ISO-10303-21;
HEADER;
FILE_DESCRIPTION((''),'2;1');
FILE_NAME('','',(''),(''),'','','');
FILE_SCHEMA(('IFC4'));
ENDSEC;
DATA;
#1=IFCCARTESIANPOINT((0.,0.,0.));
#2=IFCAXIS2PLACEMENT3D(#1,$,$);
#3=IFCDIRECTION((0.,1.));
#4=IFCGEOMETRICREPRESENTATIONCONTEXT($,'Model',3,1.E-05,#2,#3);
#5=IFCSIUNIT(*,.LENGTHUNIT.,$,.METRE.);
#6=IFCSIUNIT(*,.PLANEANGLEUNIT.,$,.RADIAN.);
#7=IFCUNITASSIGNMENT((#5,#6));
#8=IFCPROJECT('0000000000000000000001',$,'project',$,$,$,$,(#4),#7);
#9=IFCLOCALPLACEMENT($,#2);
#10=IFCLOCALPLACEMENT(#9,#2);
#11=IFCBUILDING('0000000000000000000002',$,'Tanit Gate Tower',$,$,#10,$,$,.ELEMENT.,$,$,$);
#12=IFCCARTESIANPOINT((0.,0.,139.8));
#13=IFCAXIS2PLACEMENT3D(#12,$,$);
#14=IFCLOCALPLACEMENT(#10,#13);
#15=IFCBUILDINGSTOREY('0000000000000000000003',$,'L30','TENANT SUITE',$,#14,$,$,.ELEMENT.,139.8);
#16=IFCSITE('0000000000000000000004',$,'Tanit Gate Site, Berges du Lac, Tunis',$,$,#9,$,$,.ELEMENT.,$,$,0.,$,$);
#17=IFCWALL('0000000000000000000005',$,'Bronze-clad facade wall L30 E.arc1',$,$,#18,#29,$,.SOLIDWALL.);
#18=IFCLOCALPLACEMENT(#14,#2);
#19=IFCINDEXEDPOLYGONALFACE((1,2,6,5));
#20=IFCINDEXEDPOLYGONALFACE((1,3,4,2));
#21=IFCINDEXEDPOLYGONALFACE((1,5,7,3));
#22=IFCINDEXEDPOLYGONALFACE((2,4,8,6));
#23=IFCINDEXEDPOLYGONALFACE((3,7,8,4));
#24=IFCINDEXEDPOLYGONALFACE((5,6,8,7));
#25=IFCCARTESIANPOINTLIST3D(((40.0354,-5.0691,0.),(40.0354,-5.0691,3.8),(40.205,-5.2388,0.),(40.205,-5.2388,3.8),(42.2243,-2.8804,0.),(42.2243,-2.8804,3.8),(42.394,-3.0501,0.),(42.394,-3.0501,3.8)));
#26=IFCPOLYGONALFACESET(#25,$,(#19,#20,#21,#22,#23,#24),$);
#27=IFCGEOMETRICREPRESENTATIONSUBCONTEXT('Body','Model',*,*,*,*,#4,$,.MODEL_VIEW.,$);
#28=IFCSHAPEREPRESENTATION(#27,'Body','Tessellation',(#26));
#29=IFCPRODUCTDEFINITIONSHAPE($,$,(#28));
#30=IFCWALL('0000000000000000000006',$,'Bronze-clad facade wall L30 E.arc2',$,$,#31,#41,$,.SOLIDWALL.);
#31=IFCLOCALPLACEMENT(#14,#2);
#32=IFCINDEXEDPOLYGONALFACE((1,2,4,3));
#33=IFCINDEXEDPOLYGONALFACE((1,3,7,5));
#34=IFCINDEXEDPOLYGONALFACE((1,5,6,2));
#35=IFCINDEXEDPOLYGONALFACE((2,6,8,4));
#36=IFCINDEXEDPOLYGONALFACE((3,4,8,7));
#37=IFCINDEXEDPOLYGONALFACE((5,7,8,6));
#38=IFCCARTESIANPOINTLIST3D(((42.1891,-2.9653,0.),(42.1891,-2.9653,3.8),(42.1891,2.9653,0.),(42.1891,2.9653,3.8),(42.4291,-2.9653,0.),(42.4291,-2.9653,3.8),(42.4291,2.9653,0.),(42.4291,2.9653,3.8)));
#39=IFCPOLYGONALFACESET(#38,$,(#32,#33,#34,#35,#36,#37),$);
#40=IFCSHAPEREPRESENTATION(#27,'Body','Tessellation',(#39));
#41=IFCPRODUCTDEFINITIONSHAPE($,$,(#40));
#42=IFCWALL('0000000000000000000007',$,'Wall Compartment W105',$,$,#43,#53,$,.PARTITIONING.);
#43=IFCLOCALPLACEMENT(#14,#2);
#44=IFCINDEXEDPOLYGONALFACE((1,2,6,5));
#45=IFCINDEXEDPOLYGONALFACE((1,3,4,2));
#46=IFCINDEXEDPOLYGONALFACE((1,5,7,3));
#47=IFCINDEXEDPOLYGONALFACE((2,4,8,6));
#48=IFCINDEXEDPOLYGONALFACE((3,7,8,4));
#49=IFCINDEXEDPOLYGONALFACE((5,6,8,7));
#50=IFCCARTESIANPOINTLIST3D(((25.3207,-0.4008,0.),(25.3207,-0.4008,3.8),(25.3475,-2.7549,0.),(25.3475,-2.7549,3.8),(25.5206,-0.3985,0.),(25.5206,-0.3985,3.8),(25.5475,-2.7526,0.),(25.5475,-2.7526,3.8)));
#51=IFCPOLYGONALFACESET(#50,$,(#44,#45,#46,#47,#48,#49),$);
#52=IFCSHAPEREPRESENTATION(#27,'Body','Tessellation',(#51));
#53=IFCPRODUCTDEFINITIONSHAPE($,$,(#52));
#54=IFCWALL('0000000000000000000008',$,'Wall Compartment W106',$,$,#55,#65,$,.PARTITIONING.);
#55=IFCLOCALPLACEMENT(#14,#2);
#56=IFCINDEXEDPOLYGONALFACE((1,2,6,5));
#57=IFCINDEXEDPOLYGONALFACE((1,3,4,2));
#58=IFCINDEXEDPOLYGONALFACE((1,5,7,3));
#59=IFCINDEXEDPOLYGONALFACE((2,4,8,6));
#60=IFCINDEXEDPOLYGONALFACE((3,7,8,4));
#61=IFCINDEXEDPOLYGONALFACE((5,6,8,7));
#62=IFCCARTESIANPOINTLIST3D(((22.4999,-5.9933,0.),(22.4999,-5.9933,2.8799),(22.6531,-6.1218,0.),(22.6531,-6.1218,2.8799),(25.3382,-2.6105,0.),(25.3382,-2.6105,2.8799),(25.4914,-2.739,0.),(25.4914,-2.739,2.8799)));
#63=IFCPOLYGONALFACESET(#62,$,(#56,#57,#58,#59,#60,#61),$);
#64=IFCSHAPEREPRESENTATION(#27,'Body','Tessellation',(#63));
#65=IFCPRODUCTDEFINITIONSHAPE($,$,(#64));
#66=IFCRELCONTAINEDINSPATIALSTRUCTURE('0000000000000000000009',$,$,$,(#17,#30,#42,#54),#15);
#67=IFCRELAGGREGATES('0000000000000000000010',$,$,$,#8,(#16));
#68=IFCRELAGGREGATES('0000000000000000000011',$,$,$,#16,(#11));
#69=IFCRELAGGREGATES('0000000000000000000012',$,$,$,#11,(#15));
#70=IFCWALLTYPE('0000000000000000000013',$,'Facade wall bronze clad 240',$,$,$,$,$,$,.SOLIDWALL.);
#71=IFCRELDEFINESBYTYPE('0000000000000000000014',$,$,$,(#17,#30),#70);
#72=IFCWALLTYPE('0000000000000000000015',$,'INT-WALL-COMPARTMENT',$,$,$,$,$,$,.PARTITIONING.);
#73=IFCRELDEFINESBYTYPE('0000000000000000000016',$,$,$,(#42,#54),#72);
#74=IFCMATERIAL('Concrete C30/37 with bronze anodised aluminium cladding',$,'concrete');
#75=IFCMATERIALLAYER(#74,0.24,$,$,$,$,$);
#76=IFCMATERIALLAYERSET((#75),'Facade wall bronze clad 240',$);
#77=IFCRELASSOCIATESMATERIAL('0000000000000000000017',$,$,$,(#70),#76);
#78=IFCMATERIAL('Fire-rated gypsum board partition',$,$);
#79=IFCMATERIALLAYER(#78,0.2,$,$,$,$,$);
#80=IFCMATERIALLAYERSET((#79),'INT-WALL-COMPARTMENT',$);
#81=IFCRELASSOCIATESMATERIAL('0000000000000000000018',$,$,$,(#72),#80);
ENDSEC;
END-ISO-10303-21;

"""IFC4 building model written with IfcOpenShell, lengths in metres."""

from ifc_helpers import new_model, si_unit, direction, frame, frame_2d, origin, place, context, subcontext, project, spatial, rectangle, extrude, material, layer, layer_set, type_object, element, save


model = new_model("IFC4")

# Units and contexts
model_context = context("Model", 3, precision=1e-05, world=origin(), true_north=direction((0.0, 1.0)))
body_context = subcontext(model_context, "Body", "Model", "MODEL_VIEW")
ifc_project = project(units=[si_unit("LENGTHUNIT", "METRE"), si_unit("PLANEANGLEUNIT", "RADIAN")], contexts=[model_context])

# Site, building, storey
site_placement = place(None, origin())
site = spatial("IfcSite", under=ifc_project, at=site_placement, Name="Tanit Gate Site, Berges du Lac, Tunis", CompositionType="ELEMENT", RefElevation=0.0)
building_placement = place(site_placement, origin())
building = spatial("IfcBuilding", under=site, at=building_placement, Name="Tanit Gate Tower", CompositionType="ELEMENT")
storey_placement = place(building_placement, frame((0.0, 0.0, 139.8)))
storey = spatial("IfcBuildingStorey", under=building, at=storey_placement, Name="L30", Description="TENANT SUITE", CompositionType="ELEMENT", Elevation=139.8)

# Walls
ifc_material_1 = material(Name="Concrete C30/37 with bronze anodised aluminium cladding", Category="concrete")
ifc_layer_1 = layer(ifc_material_1, 0.24)
ifc_layer_set_1 = layer_set([ifc_layer_1], Name="Facade wall bronze clad 240")
wall_type_1 = type_object("IfcWallType", Name="Facade wall bronze clad 240", PredefinedType="SOLIDWALL", material=ifc_layer_set_1)
wall_1_placement = place(storey_placement, frame((40.1201, -5.1541, 0.0), z_axis=(0.0, 0.0, 1.0), x_axis=(0.707146, 0.707067, 0.0)))
element("IfcWall", 1, at=wall_1_placement, inside=storey, type_object=wall_type_1, Name="Bronze-clad facade wall L30 E.arc1", PredefinedType="SOLIDWALL", context=body_context, shape_type="SweptSolid", body=[
    extrude(rectangle(XDim=3.0955, YDim=0.24, at=frame_2d((1.5479, 0.0))), origin(), (0.0, 0.0, 1.0), 3.8),
])
wall_2_placement = place(storey_placement, frame((42.3091, -2.9653, 0.0), z_axis=(0.0, 0.0, 1.0), x_axis=(0.0, 1.0, 0.0)))
element("IfcWall", 2, at=wall_2_placement, inside=storey, type_object=wall_type_1, Name="Bronze-clad facade wall L30 E.arc2", PredefinedType="SOLIDWALL", context=body_context, shape_type="SweptSolid", body=[
    extrude(rectangle(XDim=5.9307, YDim=0.24, at=frame_2d((2.9653, 0.0))), origin(), (0.0, 0.0, 1.0), 3.8),
])
ifc_material_2 = material(Name="Fire-rated gypsum board partition")
ifc_layer_2 = layer(ifc_material_2, 0.2)
ifc_layer_set_2 = layer_set([ifc_layer_2], Name="INT-WALL-COMPARTMENT")
wall_type_2 = type_object("IfcWallType", Name="INT-WALL-COMPARTMENT", PredefinedType="PARTITIONING", material=ifc_layer_set_2)
wall_3_placement = place(storey_placement, frame((25.4475, -2.7539, 0.0), z_axis=(0.0, 0.0, 1.0), x_axis=(-0.011408, 0.999935, 0.0)))
element("IfcWall", 3, at=wall_3_placement, inside=storey, type_object=wall_type_2, Name="Wall Compartment W105", PredefinedType="PARTITIONING", context=body_context, shape_type="SweptSolid", body=[
    extrude(rectangle(XDim=2.3542, YDim=0.2, at=frame_2d((1.1772, 0.0))), origin(), (0.0, 0.0, 1.0), 3.8),
])
wall_4_placement = place(storey_placement, frame((22.5764, -6.0576, 0.0), z_axis=(0.0, 0.0, 1.0), x_axis=(0.642769, 0.76606, 0.0)))
element("IfcWall", 4, at=wall_4_placement, inside=storey, type_object=wall_type_2, Name="Wall Compartment W106", PredefinedType="PARTITIONING", context=body_context, shape_type="SweptSolid", body=[
    extrude(rectangle(XDim=4.4158, YDim=0.2, at=frame_2d((2.208, 0.0))), origin(), (0.0, 0.0, 1.0), 2.8799),
])

save(model, "model.ifc")
